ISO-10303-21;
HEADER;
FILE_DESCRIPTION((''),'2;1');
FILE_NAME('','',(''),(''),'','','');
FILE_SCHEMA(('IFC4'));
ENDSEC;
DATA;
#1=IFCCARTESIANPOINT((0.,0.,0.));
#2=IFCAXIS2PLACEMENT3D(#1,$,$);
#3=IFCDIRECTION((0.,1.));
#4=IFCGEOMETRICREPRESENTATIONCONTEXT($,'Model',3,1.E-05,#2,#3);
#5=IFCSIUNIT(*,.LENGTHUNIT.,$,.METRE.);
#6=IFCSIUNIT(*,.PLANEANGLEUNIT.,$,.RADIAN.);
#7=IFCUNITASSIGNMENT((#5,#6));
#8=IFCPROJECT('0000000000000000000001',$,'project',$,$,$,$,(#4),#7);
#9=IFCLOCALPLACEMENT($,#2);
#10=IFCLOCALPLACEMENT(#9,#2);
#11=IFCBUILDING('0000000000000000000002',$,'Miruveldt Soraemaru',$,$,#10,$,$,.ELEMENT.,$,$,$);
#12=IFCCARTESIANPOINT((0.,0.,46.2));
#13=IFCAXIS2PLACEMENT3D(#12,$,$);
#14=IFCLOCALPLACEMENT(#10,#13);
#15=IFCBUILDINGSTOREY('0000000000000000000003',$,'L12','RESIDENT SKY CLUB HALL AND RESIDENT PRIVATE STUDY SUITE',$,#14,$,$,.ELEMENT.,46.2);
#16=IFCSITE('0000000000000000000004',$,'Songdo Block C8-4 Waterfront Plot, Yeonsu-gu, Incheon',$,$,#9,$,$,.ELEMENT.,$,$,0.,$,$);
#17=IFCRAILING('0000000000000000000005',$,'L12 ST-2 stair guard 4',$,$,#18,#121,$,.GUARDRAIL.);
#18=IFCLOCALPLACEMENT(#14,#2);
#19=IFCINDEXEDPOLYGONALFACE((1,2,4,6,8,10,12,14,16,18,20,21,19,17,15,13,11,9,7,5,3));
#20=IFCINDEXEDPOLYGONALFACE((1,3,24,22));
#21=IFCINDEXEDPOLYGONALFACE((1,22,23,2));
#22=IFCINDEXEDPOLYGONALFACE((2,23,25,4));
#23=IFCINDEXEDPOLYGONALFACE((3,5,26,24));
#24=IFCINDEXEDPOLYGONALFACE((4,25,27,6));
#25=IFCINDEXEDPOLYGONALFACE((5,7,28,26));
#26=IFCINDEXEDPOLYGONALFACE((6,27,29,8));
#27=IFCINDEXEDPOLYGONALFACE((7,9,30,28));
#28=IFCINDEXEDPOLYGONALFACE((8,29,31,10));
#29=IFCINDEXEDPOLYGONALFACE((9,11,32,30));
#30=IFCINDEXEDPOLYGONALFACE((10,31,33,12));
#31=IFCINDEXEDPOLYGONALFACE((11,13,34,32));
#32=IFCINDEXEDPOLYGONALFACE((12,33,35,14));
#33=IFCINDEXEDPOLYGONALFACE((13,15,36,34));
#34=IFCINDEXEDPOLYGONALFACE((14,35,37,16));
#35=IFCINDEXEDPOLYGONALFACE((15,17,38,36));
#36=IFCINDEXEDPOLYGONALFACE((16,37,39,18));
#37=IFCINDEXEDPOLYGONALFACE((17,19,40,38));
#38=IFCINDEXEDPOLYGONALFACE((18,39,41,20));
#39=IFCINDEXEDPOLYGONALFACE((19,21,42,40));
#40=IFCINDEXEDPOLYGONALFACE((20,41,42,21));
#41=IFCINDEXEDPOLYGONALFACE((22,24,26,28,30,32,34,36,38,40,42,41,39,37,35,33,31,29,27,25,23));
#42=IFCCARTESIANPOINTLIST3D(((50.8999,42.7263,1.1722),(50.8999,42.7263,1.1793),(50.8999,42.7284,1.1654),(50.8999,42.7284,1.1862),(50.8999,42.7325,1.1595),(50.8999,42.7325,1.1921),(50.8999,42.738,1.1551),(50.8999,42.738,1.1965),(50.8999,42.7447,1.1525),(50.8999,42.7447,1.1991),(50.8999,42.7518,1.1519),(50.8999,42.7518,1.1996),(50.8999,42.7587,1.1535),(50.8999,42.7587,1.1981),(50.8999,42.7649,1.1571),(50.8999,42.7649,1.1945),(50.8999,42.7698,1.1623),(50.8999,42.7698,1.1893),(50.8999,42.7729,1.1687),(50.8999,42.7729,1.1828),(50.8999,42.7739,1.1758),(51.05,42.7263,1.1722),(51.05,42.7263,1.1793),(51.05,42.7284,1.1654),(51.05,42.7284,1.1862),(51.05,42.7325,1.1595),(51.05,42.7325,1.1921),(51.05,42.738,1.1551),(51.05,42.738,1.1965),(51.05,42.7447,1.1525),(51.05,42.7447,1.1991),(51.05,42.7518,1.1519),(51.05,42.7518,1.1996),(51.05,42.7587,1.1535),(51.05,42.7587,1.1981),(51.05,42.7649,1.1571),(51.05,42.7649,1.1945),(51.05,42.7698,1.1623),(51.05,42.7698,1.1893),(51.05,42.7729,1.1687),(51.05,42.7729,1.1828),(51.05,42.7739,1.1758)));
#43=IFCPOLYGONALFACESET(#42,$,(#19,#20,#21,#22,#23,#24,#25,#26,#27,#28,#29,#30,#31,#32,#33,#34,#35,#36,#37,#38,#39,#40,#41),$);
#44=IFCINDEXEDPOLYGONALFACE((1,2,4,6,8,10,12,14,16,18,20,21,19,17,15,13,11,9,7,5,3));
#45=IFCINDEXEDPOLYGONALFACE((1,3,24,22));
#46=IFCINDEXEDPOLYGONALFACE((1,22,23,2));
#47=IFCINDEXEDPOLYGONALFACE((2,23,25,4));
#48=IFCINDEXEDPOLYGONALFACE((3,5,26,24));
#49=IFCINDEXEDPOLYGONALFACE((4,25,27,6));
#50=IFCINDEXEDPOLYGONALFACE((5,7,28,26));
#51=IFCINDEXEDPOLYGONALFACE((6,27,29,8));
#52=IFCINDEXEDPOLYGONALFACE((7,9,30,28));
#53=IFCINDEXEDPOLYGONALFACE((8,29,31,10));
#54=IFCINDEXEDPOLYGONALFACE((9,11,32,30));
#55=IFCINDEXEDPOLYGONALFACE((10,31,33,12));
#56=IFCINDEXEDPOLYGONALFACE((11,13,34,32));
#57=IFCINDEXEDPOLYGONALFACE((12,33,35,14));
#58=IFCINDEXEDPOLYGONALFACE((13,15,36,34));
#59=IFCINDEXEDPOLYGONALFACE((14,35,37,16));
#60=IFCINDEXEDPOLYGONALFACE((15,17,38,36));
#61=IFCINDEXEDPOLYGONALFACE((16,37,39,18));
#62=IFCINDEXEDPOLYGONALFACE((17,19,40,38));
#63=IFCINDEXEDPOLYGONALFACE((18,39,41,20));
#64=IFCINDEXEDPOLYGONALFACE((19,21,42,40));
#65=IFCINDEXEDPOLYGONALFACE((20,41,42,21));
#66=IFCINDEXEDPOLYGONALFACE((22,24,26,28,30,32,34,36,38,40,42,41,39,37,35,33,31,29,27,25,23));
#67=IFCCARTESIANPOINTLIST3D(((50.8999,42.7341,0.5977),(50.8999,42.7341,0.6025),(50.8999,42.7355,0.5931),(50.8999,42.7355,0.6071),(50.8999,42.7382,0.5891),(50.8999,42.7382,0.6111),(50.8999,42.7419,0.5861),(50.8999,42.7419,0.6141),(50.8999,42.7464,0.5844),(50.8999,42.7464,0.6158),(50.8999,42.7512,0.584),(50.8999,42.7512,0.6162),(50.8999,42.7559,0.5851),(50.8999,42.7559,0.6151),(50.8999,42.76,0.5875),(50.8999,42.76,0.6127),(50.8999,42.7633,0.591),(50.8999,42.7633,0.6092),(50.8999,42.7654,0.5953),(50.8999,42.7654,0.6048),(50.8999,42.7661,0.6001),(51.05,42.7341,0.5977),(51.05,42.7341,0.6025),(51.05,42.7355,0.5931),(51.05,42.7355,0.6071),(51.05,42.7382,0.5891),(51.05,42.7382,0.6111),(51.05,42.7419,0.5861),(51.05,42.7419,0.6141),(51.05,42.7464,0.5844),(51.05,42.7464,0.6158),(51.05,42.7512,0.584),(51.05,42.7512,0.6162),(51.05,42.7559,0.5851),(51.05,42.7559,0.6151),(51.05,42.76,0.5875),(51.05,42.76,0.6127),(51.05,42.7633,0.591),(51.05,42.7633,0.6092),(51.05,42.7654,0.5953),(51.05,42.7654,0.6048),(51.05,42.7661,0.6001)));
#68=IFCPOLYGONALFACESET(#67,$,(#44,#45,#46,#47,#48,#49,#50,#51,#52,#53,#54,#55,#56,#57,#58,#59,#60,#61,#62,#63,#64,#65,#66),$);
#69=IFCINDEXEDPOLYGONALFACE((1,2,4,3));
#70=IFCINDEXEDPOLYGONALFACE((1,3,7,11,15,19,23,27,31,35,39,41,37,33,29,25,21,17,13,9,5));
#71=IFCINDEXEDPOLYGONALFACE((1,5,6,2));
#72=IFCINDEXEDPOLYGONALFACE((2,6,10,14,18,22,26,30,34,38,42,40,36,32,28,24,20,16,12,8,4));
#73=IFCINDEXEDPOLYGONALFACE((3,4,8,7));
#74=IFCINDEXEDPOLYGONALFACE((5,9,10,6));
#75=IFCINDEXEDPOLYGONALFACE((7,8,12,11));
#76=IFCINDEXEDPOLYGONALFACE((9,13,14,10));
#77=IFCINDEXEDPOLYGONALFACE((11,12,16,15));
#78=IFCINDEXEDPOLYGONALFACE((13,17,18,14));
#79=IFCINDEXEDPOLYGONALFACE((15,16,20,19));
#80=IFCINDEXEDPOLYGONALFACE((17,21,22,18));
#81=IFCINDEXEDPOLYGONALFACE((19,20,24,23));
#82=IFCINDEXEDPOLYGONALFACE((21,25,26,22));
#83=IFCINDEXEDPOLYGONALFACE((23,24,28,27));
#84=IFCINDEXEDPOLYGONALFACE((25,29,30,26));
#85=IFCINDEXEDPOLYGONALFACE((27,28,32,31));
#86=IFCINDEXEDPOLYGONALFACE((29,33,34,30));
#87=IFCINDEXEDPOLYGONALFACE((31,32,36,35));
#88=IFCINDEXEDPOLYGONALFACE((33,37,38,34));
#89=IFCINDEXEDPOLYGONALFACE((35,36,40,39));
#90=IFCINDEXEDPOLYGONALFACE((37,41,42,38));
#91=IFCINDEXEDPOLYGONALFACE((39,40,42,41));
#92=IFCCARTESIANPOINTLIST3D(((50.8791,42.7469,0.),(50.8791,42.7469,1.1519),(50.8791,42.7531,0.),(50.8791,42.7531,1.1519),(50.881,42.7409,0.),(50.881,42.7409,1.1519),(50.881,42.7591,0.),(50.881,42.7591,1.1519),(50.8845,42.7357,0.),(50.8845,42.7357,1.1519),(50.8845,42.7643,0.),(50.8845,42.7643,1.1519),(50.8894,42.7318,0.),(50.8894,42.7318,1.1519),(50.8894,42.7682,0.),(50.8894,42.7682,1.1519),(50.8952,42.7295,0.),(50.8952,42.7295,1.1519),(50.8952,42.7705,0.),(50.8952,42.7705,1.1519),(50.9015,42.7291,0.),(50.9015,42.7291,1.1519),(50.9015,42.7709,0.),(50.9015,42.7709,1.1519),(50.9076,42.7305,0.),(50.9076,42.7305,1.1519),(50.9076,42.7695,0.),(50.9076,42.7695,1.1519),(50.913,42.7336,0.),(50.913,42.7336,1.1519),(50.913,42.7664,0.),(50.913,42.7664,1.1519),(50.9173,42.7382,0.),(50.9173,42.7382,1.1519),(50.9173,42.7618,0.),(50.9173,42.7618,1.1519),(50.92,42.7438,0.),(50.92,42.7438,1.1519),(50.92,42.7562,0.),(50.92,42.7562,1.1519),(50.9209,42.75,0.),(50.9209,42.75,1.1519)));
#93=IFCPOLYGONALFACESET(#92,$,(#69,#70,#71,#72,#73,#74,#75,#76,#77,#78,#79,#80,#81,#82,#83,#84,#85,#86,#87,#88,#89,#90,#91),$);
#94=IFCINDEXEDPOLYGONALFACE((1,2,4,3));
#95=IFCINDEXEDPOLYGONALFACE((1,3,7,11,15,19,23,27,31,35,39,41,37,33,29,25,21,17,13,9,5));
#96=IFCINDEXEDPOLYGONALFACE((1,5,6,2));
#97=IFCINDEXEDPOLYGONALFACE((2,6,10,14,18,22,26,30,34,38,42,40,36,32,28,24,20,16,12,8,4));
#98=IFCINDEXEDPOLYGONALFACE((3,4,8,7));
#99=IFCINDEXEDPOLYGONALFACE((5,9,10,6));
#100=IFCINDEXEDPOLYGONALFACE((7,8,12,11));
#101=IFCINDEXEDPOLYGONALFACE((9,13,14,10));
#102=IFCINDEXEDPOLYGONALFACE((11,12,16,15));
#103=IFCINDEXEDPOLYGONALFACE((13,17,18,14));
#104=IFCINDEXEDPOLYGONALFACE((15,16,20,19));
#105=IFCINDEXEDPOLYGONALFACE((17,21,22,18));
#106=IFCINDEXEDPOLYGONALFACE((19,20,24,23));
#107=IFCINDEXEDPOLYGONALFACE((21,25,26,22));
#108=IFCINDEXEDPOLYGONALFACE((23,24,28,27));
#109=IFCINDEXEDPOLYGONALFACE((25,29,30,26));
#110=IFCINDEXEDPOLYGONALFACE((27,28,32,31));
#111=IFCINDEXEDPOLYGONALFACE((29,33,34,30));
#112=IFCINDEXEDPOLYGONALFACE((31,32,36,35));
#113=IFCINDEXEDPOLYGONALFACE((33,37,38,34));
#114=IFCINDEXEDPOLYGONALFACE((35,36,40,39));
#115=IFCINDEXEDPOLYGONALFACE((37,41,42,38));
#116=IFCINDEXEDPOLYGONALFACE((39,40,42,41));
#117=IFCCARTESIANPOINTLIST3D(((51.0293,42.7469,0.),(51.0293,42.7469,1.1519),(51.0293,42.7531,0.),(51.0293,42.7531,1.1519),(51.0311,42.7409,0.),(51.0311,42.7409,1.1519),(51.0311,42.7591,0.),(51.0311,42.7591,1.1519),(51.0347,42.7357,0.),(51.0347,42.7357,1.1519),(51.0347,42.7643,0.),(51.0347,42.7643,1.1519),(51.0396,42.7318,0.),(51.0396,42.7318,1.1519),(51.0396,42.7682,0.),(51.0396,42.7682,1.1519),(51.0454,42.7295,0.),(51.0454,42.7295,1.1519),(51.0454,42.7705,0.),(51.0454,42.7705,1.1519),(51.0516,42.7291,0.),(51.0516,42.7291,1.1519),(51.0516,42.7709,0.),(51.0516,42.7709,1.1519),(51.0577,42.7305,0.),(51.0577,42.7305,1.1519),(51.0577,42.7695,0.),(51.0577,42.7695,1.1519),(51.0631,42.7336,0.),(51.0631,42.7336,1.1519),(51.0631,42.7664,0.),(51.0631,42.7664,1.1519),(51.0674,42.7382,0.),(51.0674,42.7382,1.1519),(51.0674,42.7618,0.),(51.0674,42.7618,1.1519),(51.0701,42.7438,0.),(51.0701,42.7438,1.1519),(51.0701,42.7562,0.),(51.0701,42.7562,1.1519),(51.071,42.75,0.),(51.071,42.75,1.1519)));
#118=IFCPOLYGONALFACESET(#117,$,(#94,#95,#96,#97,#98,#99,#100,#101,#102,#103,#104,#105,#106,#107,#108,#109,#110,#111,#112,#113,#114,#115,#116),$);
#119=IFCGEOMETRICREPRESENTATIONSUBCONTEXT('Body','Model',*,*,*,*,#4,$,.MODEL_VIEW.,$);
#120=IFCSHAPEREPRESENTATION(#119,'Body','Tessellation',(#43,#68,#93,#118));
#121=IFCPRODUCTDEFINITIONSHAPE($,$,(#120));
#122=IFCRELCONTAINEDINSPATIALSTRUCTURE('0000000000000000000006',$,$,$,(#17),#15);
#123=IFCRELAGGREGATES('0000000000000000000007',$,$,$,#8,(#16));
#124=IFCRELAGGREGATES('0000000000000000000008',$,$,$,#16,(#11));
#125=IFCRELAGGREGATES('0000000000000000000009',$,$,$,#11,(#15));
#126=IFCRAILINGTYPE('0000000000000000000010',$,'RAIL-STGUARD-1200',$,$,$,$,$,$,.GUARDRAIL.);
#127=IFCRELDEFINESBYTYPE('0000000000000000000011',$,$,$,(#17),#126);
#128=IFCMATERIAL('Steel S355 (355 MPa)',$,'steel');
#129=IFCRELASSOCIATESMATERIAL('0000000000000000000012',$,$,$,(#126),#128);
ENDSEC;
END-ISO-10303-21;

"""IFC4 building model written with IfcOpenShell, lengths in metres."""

from ifc_helpers import new_model, si_unit, direction, frame, origin, origin_2d, place, context, subcontext, project, spatial, circle, extrude, material, type_object, element, save


model = new_model("IFC4")

# Units and contexts
model_context = context("Model", 3, precision=1e-05, world=origin(), true_north=direction((0.0, 1.0)))
body_context = subcontext(model_context, "Body", "Model", "MODEL_VIEW")
ifc_project = project(units=[si_unit("LENGTHUNIT", "METRE"), si_unit("PLANEANGLEUNIT", "RADIAN")], contexts=[model_context])

# Site, building, storey
site_placement = place(None, origin())
site = spatial("IfcSite", under=ifc_project, at=site_placement, Name="Songdo Block C8-4 Waterfront Plot, Yeonsu-gu, Incheon", CompositionType="ELEMENT", RefElevation=0.0)
building_placement = place(site_placement, origin())
building = spatial("IfcBuilding", under=site, at=building_placement, Name="Miruveldt Soraemaru", CompositionType="ELEMENT")
storey_placement = place(building_placement, frame((0.0, 0.0, 46.2)))
storey = spatial("IfcBuildingStorey", under=building, at=storey_placement, Name="L12", Description="RESIDENT SKY CLUB HALL AND RESIDENT PRIVATE STUDY SUITE", CompositionType="ELEMENT", Elevation=46.2)

# Railing
ifc_material_1 = material(Name="Steel S355 (355 MPa)", Category="steel")
railing_type_1 = type_object("IfcRailingType", Name="RAIL-STGUARD-1200", PredefinedType="GUARDRAIL", material=ifc_material_1)
railing_1_placement = place(storey_placement, frame((50.8999, 42.75, 0.0)))
element("IfcRailing", 1, at=railing_1_placement, inside=storey, type_object=railing_type_1, Name="L12 ST-2 stair guard 4", PredefinedType="GUARDRAIL", context=body_context, shape_type="SweptSolid", body=[
    extrude(circle(Radius=0.0239, at=origin_2d()), frame((0.0, 0.0, 1.1758), z_axis=(1.0, 0.0, 0.0), x_axis=(0.0, 1.0, 0.0)), (0.0, 0.0, 1.0), 0.1501),
    extrude(circle(Radius=0.0161, at=origin_2d()), frame((0.0, 0.0, 0.6001), z_axis=(1.0, 0.0, 0.0), x_axis=(0.0, 1.0, 0.0)), (0.0, 0.0, 1.0), 0.1501),
    extrude(circle(Radius=0.021, at=origin_2d()), origin(), (0.0, 0.0, 1.0), 1.1519),
    extrude(circle(Radius=0.021, at=origin_2d()), frame((0.1501, 0.0, 0.0)), (0.0, 0.0, 1.0), 1.1519),
])

save(model, "model.ifc")
